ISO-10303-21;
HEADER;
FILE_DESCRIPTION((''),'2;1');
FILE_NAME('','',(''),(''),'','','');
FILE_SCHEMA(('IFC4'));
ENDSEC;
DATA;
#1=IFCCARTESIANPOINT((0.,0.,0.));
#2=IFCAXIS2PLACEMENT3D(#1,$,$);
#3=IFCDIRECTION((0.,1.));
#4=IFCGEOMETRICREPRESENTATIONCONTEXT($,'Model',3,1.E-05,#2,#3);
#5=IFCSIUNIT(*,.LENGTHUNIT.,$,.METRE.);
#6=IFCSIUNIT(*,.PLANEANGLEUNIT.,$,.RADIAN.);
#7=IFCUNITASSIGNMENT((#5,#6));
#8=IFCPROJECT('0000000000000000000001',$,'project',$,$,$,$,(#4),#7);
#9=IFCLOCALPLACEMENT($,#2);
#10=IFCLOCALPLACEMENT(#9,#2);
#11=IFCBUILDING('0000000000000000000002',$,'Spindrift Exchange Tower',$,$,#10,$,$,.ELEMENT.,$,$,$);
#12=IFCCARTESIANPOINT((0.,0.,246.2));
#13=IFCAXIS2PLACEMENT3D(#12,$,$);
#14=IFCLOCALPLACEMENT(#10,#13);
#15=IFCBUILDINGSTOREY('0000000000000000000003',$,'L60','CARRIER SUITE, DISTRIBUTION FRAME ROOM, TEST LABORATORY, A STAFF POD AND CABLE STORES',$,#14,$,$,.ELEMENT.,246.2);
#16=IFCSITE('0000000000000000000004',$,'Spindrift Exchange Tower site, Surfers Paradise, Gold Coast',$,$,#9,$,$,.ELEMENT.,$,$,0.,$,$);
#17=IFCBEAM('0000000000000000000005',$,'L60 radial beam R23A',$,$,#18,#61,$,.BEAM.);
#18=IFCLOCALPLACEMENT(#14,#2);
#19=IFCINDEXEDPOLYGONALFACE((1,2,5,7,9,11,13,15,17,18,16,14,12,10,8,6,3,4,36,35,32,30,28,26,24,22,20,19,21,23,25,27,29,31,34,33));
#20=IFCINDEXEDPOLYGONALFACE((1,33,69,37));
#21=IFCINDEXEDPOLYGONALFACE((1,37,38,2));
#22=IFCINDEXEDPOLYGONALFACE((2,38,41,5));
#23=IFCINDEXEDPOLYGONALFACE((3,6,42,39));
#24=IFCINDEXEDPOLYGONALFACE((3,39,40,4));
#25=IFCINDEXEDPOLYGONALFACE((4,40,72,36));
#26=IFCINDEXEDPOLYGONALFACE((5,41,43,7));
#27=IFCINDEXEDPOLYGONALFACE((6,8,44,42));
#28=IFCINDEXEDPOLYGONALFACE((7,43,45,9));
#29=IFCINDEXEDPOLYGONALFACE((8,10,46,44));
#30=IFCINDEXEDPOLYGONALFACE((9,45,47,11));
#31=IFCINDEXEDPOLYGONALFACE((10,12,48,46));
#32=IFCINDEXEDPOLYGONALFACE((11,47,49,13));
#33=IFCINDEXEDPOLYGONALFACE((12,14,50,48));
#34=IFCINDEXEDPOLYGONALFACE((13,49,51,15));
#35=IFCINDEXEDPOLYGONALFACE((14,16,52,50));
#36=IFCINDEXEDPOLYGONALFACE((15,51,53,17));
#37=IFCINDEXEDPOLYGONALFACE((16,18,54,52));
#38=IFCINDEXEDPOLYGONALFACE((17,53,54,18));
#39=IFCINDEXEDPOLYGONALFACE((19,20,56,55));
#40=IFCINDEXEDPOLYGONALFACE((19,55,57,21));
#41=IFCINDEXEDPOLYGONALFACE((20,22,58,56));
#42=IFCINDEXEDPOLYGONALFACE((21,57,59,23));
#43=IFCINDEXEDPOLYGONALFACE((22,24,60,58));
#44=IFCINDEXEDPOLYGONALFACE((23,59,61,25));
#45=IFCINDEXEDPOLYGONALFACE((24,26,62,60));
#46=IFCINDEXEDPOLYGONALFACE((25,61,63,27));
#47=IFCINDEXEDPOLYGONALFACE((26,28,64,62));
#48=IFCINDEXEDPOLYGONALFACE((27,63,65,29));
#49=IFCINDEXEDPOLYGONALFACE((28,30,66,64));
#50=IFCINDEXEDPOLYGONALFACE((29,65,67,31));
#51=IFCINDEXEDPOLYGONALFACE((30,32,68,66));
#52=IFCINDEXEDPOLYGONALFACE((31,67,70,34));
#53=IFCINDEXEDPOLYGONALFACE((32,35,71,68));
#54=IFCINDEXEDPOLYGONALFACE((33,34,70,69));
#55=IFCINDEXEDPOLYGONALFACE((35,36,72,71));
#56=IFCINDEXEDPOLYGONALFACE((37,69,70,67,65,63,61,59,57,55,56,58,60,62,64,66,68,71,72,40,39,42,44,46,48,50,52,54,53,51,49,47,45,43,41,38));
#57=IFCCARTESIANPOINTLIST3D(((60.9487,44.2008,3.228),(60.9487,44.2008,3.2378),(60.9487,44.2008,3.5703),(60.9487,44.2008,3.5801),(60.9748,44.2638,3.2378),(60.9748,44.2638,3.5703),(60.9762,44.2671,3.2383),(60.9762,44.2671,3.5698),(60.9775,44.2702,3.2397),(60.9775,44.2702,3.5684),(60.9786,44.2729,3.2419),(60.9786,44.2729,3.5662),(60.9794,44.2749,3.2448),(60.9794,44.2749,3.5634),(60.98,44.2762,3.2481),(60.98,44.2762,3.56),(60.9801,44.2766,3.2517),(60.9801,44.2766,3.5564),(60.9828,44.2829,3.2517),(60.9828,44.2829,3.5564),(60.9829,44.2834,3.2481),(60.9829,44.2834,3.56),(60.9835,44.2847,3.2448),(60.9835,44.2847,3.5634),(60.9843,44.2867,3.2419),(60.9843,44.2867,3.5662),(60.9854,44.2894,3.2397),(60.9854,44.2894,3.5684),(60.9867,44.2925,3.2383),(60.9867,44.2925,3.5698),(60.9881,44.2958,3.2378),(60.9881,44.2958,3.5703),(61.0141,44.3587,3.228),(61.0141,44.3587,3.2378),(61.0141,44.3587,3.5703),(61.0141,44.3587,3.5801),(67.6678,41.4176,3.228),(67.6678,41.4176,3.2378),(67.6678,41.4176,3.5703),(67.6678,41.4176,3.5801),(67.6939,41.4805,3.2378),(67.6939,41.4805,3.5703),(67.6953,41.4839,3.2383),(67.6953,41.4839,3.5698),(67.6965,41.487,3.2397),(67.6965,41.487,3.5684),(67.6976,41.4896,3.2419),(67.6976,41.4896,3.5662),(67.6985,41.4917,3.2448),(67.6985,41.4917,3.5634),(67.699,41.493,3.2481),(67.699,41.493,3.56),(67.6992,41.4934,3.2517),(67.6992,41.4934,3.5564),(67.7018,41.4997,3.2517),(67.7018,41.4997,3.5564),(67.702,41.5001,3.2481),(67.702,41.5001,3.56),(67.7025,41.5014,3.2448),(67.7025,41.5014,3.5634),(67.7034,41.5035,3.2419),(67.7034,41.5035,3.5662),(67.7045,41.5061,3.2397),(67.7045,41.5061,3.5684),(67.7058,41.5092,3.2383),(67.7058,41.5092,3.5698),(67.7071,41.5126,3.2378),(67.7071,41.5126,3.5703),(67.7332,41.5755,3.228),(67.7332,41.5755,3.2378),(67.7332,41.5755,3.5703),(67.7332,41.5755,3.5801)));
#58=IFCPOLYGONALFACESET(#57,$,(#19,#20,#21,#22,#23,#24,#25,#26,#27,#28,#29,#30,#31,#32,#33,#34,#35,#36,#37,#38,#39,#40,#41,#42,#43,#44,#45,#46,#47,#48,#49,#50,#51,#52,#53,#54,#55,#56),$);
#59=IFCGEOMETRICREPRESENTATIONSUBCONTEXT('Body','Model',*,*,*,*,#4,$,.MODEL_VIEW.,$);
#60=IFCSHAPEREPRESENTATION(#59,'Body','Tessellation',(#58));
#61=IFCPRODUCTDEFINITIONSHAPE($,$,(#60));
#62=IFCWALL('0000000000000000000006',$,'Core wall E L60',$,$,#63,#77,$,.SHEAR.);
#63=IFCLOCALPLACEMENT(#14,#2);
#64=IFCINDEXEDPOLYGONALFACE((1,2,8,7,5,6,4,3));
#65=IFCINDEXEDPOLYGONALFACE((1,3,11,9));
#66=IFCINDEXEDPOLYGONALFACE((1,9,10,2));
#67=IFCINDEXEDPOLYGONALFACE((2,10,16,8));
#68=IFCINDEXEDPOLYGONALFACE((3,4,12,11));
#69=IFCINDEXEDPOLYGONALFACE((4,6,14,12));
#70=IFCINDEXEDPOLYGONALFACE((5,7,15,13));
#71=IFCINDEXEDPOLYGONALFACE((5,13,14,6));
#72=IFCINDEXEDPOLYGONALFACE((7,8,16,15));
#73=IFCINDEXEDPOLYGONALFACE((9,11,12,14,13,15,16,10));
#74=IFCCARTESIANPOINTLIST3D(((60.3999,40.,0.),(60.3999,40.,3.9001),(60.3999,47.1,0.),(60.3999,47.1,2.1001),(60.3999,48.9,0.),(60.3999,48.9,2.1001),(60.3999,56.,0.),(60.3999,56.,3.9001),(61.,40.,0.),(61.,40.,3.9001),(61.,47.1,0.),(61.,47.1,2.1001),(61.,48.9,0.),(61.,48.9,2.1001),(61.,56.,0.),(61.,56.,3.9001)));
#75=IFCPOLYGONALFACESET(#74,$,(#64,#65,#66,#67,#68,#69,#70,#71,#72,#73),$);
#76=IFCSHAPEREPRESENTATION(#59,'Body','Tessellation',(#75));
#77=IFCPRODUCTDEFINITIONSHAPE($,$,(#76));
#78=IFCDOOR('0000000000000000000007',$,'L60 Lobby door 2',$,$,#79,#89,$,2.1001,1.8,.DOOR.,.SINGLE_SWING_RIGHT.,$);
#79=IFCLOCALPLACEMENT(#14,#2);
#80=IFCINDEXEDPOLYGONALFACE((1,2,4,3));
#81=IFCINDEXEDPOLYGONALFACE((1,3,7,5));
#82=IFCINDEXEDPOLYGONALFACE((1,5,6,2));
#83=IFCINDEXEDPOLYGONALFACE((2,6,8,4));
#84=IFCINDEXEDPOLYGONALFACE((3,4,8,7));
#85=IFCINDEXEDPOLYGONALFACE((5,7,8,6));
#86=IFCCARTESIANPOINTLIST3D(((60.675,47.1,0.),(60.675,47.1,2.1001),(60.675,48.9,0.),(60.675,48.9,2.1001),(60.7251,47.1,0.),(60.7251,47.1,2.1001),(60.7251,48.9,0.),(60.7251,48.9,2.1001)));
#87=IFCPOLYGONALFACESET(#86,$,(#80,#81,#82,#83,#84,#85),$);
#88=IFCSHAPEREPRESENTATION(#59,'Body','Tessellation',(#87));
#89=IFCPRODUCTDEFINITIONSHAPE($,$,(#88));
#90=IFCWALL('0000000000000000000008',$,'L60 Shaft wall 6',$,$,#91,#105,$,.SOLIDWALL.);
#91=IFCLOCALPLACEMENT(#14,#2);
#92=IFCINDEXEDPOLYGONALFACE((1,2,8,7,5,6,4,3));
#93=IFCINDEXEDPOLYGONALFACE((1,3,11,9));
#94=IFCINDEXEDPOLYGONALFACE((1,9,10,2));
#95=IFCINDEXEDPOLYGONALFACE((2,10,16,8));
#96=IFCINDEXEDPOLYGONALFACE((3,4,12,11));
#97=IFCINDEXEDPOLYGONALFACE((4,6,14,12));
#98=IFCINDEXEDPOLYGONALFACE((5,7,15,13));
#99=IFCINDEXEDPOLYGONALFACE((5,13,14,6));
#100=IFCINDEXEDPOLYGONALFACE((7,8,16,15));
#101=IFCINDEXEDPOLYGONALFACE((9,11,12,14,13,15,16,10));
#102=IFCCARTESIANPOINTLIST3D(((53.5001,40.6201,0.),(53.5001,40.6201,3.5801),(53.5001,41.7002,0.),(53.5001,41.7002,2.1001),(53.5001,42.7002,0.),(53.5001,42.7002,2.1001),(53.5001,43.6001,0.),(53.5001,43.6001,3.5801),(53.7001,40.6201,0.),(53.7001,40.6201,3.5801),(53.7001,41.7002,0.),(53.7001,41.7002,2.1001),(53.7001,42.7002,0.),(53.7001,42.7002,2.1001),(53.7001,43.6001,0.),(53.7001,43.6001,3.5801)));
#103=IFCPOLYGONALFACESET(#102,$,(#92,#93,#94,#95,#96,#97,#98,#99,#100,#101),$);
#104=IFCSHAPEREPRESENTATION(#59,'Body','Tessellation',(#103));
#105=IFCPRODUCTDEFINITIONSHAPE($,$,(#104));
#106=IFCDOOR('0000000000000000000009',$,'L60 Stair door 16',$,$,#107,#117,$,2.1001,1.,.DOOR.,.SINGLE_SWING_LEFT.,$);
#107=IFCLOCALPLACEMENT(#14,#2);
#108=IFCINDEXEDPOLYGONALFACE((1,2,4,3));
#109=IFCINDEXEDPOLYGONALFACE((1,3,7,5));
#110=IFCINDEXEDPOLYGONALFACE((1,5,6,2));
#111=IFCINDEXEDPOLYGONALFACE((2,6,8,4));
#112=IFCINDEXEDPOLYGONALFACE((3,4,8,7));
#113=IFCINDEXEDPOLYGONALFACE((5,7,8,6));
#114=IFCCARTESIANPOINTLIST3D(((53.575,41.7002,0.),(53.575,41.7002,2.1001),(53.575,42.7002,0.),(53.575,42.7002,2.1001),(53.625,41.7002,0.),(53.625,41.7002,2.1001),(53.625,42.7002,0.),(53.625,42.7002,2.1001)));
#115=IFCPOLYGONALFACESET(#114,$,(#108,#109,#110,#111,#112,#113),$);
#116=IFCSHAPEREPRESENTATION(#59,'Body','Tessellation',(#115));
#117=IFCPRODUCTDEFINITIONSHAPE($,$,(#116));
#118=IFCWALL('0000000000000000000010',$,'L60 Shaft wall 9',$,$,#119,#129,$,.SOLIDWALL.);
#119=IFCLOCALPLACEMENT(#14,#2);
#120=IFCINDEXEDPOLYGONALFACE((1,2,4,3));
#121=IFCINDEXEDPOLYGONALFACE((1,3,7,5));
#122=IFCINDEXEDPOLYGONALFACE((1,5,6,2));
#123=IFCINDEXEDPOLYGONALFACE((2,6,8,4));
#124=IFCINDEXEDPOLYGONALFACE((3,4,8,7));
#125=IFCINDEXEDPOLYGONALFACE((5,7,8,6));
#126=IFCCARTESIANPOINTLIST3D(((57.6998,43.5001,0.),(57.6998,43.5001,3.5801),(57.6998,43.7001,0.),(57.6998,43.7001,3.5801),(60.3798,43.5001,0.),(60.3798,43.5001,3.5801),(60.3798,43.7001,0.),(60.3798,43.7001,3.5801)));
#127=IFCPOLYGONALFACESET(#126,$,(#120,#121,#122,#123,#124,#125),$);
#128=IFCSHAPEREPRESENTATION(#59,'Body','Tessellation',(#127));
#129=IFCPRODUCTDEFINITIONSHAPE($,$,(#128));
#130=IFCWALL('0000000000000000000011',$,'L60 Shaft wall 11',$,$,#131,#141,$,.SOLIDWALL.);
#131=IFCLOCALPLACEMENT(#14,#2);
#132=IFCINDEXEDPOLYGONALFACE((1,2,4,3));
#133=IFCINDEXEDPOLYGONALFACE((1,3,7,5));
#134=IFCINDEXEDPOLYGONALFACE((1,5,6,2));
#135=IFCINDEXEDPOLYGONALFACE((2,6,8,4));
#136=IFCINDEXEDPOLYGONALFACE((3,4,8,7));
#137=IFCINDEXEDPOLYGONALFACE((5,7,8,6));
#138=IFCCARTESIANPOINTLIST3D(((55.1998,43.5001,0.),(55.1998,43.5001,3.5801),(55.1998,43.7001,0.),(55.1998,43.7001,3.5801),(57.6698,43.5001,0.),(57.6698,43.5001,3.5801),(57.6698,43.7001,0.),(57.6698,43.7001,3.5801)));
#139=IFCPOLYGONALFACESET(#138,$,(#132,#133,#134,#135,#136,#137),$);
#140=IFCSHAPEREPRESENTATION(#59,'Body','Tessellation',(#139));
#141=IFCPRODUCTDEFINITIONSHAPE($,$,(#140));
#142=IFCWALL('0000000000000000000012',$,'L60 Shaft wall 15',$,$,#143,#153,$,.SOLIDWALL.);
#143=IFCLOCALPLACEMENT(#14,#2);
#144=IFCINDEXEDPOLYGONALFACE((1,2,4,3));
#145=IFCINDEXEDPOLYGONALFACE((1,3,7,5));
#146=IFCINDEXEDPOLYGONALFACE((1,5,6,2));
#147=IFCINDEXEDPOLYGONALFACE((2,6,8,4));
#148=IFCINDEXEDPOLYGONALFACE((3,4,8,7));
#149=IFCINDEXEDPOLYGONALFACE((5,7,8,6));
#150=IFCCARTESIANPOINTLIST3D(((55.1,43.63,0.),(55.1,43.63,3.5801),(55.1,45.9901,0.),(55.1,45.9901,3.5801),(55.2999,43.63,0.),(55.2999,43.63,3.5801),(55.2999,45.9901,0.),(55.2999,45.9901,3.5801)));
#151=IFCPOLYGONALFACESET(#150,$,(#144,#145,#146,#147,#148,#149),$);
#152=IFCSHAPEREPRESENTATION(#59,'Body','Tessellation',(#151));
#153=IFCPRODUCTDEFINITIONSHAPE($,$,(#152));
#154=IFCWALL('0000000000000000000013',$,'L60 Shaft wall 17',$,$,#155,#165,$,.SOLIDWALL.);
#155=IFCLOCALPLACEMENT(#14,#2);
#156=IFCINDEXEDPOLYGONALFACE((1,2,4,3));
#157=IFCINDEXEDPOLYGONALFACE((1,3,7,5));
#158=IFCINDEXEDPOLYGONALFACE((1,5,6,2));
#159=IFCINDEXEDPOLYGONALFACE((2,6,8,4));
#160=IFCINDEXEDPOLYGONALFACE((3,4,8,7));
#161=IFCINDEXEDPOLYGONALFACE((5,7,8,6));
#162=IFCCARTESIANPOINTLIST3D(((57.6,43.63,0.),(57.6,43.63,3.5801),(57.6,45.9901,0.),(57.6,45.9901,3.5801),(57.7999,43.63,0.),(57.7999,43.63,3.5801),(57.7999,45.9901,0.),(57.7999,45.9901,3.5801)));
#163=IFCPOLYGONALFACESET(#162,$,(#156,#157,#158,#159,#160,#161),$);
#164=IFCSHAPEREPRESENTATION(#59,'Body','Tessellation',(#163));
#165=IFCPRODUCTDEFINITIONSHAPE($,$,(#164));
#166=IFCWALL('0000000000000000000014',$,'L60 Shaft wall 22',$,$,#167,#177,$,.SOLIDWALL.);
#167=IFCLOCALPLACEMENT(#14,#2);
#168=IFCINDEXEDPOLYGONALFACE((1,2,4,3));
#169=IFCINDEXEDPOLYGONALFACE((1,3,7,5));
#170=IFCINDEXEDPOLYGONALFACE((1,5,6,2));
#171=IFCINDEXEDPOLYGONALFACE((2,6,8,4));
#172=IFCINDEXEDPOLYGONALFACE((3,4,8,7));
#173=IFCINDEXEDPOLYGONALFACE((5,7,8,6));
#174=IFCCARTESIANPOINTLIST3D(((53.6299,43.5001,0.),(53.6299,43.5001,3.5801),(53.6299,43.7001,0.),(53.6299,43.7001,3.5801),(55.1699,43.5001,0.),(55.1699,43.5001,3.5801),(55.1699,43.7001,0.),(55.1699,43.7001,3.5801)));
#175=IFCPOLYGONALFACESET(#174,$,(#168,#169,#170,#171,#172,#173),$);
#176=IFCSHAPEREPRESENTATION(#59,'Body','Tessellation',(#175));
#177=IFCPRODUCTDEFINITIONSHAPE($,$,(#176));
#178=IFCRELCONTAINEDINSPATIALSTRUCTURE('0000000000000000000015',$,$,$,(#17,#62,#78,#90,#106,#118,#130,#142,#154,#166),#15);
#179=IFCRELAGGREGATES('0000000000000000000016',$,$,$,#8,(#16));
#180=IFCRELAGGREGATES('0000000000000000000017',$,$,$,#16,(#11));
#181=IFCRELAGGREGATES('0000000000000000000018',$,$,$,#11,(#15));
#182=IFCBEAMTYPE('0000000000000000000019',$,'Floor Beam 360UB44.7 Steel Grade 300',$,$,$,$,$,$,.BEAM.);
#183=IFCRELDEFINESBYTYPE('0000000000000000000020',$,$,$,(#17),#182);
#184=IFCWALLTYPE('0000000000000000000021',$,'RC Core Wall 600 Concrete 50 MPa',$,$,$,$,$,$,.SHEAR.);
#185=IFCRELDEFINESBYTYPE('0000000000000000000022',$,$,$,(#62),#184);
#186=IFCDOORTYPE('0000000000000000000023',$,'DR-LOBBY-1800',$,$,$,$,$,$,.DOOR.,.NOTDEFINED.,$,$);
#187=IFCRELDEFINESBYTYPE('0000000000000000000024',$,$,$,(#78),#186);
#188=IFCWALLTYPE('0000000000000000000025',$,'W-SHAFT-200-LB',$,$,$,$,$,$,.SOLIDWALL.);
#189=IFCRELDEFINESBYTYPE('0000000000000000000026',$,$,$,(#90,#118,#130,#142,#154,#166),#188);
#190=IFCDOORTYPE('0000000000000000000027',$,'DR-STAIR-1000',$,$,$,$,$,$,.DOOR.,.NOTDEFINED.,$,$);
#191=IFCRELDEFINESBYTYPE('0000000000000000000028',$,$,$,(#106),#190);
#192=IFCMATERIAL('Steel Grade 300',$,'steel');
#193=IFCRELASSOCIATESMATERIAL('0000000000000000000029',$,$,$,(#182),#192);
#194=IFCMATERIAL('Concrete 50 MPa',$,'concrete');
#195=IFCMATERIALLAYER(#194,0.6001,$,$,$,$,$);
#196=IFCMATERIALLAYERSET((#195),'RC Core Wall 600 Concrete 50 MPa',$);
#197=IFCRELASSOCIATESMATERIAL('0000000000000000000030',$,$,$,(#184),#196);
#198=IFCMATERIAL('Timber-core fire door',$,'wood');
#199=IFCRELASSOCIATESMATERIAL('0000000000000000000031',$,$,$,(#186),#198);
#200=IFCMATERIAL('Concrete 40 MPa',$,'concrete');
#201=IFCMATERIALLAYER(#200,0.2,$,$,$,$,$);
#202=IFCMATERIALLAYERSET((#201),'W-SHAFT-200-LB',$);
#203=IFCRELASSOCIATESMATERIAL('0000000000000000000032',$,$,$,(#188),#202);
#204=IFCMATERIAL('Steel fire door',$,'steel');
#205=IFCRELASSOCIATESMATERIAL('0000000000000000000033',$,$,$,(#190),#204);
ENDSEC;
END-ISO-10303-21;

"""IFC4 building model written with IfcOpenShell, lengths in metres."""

from ifc_helpers import new_model, si_unit, direction, frame, frame_2d, origin, origin_2d, place, context, subcontext, project, spatial, rectangle, i_section, extrude, source, transform, mapped, material, layer, layer_set, material_profile, profile_set, type_object, element, fill, save


model = new_model("IFC4")

# Units and contexts
model_context = context("Model", 3, precision=1e-05, world=origin(), true_north=direction((0.0, 1.0)))
body_context = subcontext(model_context, "Body", "Model", "MODEL_VIEW")
ifc_project = project(units=[si_unit("LENGTHUNIT", "METRE"), si_unit("PLANEANGLEUNIT", "RADIAN")], contexts=[model_context])

# Site, building, storey
site_placement = place(None, origin())
site = spatial("IfcSite", under=ifc_project, at=site_placement, Name="Spindrift Exchange Tower site, Surfers Paradise, Gold Coast", CompositionType="ELEMENT", RefElevation=0.0)
building_placement = place(site_placement, origin())
building = spatial("IfcBuilding", under=site, at=building_placement, Name="Spindrift Exchange Tower", CompositionType="ELEMENT")
storey_placement = place(building_placement, frame((0.0, 0.0, 246.2)))
storey = spatial("IfcBuildingStorey", under=building, at=storey_placement, Name="L60", Description="CARRIER SUITE, DISTRIBUTION FRAME ROOM, TEST LABORATORY, A STAFF POD AND CABLE STORES", CompositionType="ELEMENT", Elevation=246.2)

# Beam
ifc_material_1 = material(Name="Steel Grade 300", Category="steel")
ifc_material_profile_1 = material_profile(ifc_material_1, i_section(OverallWidth=0.1709, OverallDepth=0.3521, WebThickness=0.0068, FlangeThickness=0.0098, FilletRadius=0.0139, at=origin_2d()), Name="360UB44.7")
ifc_profile_set_1 = profile_set([ifc_material_profile_1], Name="Steel Grade 300")
beam_type_1 = type_object("IfcBeamType", Name="Floor Beam 360UB44.7 Steel Grade 300", PredefinedType="BEAM", material=ifc_profile_set_1)
shared_shape_1 = source(origin(), body_context, "Body", "SweptSolid", [
    extrude(i_section(OverallWidth=0.1709, OverallDepth=0.3521, WebThickness=0.0068, FlangeThickness=0.0098, FilletRadius=0.0139, at=origin_2d()), origin(), (0.0, 0.0, 1.0), 7.2727),
])
beam_1_placement = place(storey_placement, frame((60.9814, 44.2798, 3.4041), z_axis=(0.923874, -0.382696, 0.0), x_axis=(0.382696, 0.923874, 0.0)))
element("IfcBeam", 1, at=beam_1_placement, inside=storey, type_object=beam_type_1, Name="L60 radial beam R23A", PredefinedType="BEAM", context=body_context, shape_type="MappedRepresentation", body=[
    mapped(shared_shape_1, transform((0.0, 0.0, 0.0), scale=1.0)),
])

# Walls, openings, doors
ifc_material_2 = material(Name="Concrete 50 MPa", Category="concrete")
ifc_layer_1 = layer(ifc_material_2, 0.6001)
ifc_layer_set_1 = layer_set([ifc_layer_1], Name="RC Core Wall 600 Concrete 50 MPa")
wall_type_1 = type_object("IfcWallType", Name="RC Core Wall 600 Concrete 50 MPa", PredefinedType="SHEAR", material=ifc_layer_set_1)
wall_1_placement = place(storey_placement, frame((60.7, 40.0, 0.0), z_axis=(0.0, 0.0, 1.0), x_axis=(0.0, 1.0, 0.0)))
wall_1 = element("IfcWall", 2, at=wall_1_placement, inside=storey, type_object=wall_type_1, Name="Core wall E L60", PredefinedType="SHEAR", context=body_context, shape_type="SweptSolid", body=[
    extrude(rectangle(XDim=16.0, YDim=0.6001, at=frame_2d((8.0, 0.0))), origin(), (0.0, 0.0, 1.0), 3.9001),
])
opening_1_placement = place(wall_1_placement, frame((7.1001, 0.0, 0.0)))
opening_1 = element("IfcOpeningElement", 3, at=opening_1_placement, cuts=wall_1, PredefinedType="OPENING", context=body_context, shape_type="SweptSolid", body=[
    extrude(rectangle(XDim=1.8, YDim=2.1001, at=frame_2d((0.8999, 1.05))), frame((0.0, 0.3101, 0.0), z_axis=(0.0, -1.0, 0.0), x_axis=(1.0, 0.0, 0.0)), (0.0, 0.0, 1.0), 0.6201),
])
ifc_material_3 = material(Name="Timber-core fire door", Category="wood")
door_type_1 = type_object("IfcDoorType", Name="DR-LOBBY-1800", OperationType="NOTDEFINED", PredefinedType="DOOR", material=ifc_material_3)
shared_shape_2 = source(origin(), body_context, "Body", "SweptSolid", [
    extrude(rectangle(XDim=1.8, YDim=2.1001, at=frame_2d((0.8999, 1.05))), frame((0.0, 0.0249, 0.0), z_axis=(0.0, -1.0, 0.0), x_axis=(1.0, 0.0, 0.0)), (0.0, 0.0, 1.0), 0.05),
])
door_1_placement = place(opening_1_placement, origin())
door_1 = element("IfcDoor", 4, at=door_1_placement, inside=storey, type_object=door_type_1, Name="L60 Lobby door 2", OperationType="SINGLE_SWING_RIGHT", OverallHeight=2.1001, OverallWidth=1.8, PredefinedType="DOOR", context=body_context, shape_type="MappedRepresentation", body=[
    mapped(shared_shape_2, transform((0.0, 0.0, 0.0), scale=1.0)),
])
fill(opening_1, door_1)
ifc_material_4 = material(Name="Concrete 40 MPa", Category="concrete")
ifc_layer_2 = layer(ifc_material_4, 0.2)
ifc_layer_set_2 = layer_set([ifc_layer_2], Name="W-SHAFT-200-LB")
wall_type_2 = type_object("IfcWallType", Name="W-SHAFT-200-LB", PredefinedType="SOLIDWALL", material=ifc_layer_set_2)
wall_2_placement = place(storey_placement, frame((53.6001, 43.6001, 0.0), z_axis=(0.0, 0.0, 1.0), x_axis=(0.0, -1.0, 0.0)))
wall_2 = element("IfcWall", 5, at=wall_2_placement, inside=storey, type_object=wall_type_2, Name="L60 Shaft wall 6", PredefinedType="SOLIDWALL", context=body_context, shape_type="SweptSolid", body=[
    extrude(rectangle(XDim=2.98, YDim=0.2, at=frame_2d((1.49, 0.0))), origin(), (0.0, 0.0, 1.0), 3.5801),
])
opening_2_placement = place(wall_2_placement, frame((0.8999, 0.0, 0.0)))
opening_2 = element("IfcOpeningElement", 6, at=opening_2_placement, cuts=wall_2, PredefinedType="OPENING", context=body_context, shape_type="SweptSolid", body=[
    extrude(rectangle(XDim=1.0, YDim=2.1001, at=frame_2d((0.5, 1.05))), frame((0.0, 0.1099, 0.0), z_axis=(0.0, -1.0, 0.0), x_axis=(1.0, 0.0, 0.0)), (0.0, 0.0, 1.0), 0.22),
])
ifc_material_5 = material(Name="Steel fire door", Category="steel")
door_type_2 = type_object("IfcDoorType", Name="DR-STAIR-1000", OperationType="NOTDEFINED", PredefinedType="DOOR", material=ifc_material_5)
shared_shape_3 = source(origin(), body_context, "Body", "SweptSolid", [
    extrude(rectangle(XDim=1.0, YDim=2.1001, at=frame_2d((0.5, 1.05))), frame((0.0, 0.0249, 0.0), z_axis=(0.0, -1.0, 0.0), x_axis=(1.0, 0.0, 0.0)), (0.0, 0.0, 1.0), 0.05),
])
door_2_placement = place(opening_2_placement, origin())
door_2 = element("IfcDoor", 7, at=door_2_placement, inside=storey, type_object=door_type_2, Name="L60 Stair door 16", OperationType="SINGLE_SWING_LEFT", OverallHeight=2.1001, OverallWidth=1.0, PredefinedType="DOOR", context=body_context, shape_type="MappedRepresentation", body=[
    mapped(shared_shape_3, transform((0.0, 0.0, 0.0), scale=1.0)),
])
fill(opening_2, door_2)

# Walls
wall_3_placement = place(storey_placement, frame((57.7, 43.6001, 0.0), z_axis=(0.0, 0.0, 1.0), x_axis=(1.0, 0.0, 0.0)))
element("IfcWall", 8, at=wall_3_placement, inside=storey, type_object=wall_type_2, Name="L60 Shaft wall 9", PredefinedType="SOLIDWALL", context=body_context, shape_type="SweptSolid", body=[
    extrude(rectangle(XDim=2.6799, YDim=0.2, at=frame_2d((1.3398, 0.0))), origin(), (0.0, 0.0, 1.0), 3.5801),
])
wall_4_placement = place(storey_placement, frame((55.2, 43.6001, 0.0), z_axis=(0.0, 0.0, 1.0), x_axis=(1.0, 0.0, 0.0)))
element("IfcWall", 9, at=wall_4_placement, inside=storey, type_object=wall_type_2, Name="L60 Shaft wall 11", PredefinedType="SOLIDWALL", context=body_context, shape_type="SweptSolid", body=[
    extrude(rectangle(XDim=2.47, YDim=0.2, at=frame_2d((1.2349, 0.0))), origin(), (0.0, 0.0, 1.0), 3.5801),
])
for number, where, z_axis, x_axis, name in (
    (10, (55.2, 43.6299, 0.0), (0.0, 0.0, 1.0), (0.0, 1.0, 0.0), "L60 Shaft wall 15"),
    (11, (57.7, 43.6299, 0.0), (0.0, 0.0, 1.0), (0.0, 1.0, 0.0), "L60 Shaft wall 17"),
):
    element("IfcWall", number, at=place(storey_placement, frame(where, z_axis=z_axis, x_axis=x_axis)), inside=storey, type_object=wall_type_2, Name=name, PredefinedType="SOLIDWALL", context=body_context, shape_type="SweptSolid", body=[
        extrude(rectangle(XDim=2.3601, YDim=0.2, at=frame_2d((1.1802, 0.0))), origin(), (0.0, 0.0, 1.0), 3.5801),
    ])
wall_5_placement = place(storey_placement, frame((53.6299, 43.6001, 0.0), z_axis=(0.0, 0.0, 1.0), x_axis=(1.0, 0.0, 0.0)))
element("IfcWall", 12, at=wall_5_placement, inside=storey, type_object=wall_type_2, Name="L60 Shaft wall 22", PredefinedType="SOLIDWALL", context=body_context, shape_type="SweptSolid", body=[
    extrude(rectangle(XDim=1.54, YDim=0.2, at=frame_2d((0.77, 0.0))), origin(), (0.0, 0.0, 1.0), 3.5801),
])

save(model, "model.ifc")
